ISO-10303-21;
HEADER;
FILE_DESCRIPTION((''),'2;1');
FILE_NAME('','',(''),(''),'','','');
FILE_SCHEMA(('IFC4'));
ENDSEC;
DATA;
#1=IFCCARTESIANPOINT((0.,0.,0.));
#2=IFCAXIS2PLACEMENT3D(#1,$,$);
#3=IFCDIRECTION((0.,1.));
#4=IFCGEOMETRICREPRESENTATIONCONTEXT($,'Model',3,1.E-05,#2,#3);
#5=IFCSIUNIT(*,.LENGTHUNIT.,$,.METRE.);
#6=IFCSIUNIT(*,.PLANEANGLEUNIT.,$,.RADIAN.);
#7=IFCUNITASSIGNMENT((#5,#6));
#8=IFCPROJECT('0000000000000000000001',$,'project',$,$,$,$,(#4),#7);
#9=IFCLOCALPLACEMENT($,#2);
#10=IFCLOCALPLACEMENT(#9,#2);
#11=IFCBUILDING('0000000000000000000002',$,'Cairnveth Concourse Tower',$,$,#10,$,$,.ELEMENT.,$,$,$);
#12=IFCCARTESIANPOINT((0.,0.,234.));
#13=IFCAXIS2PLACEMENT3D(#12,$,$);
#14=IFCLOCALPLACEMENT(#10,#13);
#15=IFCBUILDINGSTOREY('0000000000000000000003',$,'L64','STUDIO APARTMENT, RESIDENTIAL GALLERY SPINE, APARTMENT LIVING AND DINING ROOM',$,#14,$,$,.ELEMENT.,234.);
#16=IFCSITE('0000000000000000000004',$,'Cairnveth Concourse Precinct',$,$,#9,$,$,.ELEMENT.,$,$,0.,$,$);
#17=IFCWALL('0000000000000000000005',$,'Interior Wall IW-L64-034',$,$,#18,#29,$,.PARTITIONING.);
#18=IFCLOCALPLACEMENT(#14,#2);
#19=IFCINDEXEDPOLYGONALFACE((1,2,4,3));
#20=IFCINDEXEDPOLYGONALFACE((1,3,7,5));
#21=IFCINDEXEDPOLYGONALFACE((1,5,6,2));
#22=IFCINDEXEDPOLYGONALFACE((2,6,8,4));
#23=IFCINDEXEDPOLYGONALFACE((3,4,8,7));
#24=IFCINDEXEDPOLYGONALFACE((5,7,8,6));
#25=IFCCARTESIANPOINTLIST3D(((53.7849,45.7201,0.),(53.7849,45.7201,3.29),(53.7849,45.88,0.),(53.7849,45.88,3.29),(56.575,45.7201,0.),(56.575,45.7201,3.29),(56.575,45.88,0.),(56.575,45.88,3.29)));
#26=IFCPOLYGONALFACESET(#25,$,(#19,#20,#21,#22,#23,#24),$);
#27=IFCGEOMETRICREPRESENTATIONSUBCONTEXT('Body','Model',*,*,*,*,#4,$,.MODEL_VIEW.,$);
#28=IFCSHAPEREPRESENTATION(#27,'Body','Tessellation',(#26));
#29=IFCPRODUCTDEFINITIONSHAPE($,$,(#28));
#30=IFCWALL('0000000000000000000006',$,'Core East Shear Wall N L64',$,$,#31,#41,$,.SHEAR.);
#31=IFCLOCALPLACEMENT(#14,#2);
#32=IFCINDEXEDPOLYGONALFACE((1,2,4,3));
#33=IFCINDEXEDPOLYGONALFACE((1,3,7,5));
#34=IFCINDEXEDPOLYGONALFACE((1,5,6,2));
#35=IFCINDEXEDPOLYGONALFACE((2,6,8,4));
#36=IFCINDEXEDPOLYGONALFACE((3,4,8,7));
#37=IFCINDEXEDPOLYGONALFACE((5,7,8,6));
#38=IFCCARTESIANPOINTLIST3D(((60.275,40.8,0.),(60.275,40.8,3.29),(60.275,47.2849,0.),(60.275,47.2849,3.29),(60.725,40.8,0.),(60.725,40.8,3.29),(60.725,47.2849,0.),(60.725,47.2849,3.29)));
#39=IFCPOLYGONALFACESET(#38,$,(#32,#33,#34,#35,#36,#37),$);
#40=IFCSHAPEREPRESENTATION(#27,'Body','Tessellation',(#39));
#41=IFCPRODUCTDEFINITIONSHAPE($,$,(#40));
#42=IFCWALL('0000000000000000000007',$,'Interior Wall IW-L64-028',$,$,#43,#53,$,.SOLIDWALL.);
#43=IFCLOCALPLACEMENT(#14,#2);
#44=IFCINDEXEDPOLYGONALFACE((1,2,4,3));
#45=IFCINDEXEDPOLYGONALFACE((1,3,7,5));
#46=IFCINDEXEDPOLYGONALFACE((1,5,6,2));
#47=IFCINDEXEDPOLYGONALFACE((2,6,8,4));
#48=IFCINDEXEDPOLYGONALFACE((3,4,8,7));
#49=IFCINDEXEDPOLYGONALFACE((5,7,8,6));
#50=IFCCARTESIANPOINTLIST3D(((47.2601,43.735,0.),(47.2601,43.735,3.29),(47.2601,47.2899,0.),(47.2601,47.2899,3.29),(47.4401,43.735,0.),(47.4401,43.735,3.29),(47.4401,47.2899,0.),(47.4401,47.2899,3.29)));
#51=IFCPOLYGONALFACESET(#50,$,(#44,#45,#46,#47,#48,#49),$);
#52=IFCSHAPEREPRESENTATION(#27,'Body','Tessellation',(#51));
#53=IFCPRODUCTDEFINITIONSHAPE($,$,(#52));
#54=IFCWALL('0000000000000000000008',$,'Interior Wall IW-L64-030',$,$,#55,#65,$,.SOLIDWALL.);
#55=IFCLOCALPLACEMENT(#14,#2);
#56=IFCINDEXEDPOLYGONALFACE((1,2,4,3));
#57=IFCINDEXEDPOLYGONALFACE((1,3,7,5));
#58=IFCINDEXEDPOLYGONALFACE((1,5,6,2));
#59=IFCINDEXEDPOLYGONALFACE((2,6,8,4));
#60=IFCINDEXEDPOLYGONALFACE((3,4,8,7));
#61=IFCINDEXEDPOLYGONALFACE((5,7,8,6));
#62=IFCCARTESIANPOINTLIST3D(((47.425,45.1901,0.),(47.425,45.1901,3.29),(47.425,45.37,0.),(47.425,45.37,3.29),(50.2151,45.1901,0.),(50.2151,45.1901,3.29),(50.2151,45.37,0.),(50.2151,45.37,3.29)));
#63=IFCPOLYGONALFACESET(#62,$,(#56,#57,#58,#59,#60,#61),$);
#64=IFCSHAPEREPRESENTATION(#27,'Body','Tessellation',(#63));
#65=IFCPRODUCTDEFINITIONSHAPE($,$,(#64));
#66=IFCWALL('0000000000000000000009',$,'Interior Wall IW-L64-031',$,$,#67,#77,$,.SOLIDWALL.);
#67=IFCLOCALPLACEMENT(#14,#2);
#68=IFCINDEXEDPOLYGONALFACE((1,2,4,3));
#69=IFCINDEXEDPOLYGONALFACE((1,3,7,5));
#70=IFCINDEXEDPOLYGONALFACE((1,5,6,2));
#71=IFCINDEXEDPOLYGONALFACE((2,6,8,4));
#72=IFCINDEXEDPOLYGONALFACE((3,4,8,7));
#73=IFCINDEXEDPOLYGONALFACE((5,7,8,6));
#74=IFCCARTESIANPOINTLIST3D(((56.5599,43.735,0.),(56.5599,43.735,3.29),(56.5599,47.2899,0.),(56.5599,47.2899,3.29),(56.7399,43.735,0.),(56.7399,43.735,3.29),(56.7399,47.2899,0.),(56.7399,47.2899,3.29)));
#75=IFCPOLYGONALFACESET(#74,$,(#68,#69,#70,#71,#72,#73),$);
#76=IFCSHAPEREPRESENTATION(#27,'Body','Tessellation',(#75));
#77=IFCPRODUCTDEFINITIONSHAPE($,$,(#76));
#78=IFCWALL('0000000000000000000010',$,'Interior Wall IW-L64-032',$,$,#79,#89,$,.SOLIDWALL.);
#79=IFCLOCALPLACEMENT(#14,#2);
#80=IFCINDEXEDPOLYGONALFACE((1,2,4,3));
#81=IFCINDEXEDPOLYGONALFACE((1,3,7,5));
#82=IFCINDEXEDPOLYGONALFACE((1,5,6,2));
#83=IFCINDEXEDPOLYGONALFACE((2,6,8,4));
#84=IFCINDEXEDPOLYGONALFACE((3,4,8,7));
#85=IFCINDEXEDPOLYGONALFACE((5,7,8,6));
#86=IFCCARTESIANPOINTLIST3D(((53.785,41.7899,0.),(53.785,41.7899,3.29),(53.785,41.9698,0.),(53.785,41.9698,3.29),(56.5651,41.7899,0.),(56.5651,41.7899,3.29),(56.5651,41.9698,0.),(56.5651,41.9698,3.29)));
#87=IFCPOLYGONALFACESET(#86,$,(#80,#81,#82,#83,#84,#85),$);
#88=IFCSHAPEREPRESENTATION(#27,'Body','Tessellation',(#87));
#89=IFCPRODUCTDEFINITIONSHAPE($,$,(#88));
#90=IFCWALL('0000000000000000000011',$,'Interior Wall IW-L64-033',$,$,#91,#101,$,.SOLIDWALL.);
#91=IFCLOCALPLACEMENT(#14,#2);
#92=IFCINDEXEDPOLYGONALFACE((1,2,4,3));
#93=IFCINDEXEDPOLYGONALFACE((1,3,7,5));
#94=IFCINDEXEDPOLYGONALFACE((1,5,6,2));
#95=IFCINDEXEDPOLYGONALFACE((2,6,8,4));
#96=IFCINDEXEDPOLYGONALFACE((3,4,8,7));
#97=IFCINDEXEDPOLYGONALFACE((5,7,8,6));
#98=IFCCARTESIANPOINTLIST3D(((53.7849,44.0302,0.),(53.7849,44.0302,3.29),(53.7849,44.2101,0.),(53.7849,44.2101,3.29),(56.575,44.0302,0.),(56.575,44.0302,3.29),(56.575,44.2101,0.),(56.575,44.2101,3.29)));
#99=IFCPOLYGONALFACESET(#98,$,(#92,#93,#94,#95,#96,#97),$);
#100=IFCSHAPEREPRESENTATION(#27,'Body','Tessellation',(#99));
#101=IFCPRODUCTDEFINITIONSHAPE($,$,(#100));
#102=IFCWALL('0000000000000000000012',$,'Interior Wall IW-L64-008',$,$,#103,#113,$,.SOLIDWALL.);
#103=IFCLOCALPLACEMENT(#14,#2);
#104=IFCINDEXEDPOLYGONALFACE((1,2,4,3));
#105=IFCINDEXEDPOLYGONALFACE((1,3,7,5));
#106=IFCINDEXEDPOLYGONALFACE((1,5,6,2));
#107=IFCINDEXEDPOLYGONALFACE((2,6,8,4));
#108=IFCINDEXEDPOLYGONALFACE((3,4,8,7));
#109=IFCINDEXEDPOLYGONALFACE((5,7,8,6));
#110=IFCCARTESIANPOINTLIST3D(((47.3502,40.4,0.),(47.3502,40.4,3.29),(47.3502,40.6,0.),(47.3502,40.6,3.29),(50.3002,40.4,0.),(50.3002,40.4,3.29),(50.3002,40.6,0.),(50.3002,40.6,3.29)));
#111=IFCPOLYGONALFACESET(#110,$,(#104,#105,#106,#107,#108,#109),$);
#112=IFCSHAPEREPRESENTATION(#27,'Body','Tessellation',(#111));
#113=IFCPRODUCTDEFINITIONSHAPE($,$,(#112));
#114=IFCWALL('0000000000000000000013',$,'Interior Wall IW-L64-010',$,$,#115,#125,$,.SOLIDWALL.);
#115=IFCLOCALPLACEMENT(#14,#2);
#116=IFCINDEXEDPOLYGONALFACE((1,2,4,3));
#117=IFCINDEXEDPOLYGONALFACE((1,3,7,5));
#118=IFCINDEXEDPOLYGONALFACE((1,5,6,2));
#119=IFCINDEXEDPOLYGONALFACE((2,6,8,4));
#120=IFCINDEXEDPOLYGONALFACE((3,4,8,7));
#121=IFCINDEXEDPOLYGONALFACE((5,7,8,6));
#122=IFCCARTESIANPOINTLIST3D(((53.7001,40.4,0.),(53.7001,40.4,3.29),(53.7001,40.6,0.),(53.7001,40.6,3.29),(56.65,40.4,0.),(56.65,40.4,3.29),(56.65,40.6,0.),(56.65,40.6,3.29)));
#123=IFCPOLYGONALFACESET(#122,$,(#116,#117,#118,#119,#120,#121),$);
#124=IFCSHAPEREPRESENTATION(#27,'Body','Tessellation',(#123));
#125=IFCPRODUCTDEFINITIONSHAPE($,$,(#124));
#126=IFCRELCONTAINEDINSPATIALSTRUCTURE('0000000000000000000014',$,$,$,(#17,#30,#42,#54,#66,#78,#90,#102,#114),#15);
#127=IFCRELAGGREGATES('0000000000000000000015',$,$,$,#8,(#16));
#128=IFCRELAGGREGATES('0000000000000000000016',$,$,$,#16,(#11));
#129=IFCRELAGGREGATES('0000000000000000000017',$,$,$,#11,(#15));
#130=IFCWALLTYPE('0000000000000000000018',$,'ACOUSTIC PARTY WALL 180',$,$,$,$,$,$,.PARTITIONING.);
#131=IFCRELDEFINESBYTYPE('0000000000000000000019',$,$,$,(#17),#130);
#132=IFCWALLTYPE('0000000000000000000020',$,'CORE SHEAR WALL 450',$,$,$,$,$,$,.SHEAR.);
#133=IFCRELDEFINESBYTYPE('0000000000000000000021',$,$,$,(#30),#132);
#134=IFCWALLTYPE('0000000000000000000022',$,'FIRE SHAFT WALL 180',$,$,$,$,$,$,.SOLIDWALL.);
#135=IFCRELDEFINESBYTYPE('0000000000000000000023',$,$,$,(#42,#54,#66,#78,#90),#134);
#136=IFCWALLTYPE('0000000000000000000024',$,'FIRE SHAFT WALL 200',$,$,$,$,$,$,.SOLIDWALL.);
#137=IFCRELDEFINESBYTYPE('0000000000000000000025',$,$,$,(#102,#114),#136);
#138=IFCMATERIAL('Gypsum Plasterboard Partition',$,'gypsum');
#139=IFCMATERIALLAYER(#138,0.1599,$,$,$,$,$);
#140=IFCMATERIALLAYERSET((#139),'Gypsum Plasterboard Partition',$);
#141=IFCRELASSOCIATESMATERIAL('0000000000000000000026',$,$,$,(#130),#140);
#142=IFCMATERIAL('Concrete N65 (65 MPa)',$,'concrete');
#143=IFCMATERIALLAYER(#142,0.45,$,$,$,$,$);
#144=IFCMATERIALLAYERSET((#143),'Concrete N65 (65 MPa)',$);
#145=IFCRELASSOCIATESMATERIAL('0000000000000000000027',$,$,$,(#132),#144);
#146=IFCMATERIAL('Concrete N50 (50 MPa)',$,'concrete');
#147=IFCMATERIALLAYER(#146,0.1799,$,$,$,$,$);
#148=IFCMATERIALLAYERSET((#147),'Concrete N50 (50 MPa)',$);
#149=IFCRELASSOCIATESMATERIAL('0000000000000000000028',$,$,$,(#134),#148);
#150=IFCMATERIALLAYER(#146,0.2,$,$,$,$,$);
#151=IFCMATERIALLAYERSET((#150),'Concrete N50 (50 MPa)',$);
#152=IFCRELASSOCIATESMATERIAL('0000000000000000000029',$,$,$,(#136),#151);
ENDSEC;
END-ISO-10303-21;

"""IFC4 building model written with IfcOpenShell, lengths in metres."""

from ifc_helpers import new_model, si_unit, direction, frame, frame_2d, origin, place, context, subcontext, project, spatial, rectangle, extrude, material, layer, layer_set, type_object, element, save


model = new_model("IFC4")

# Units and contexts
model_context = context("Model", 3, precision=1e-05, world=origin(), true_north=direction((0.0, 1.0)))
body_context = subcontext(model_context, "Body", "Model", "MODEL_VIEW")
ifc_project = project(units=[si_unit("LENGTHUNIT", "METRE"), si_unit("PLANEANGLEUNIT", "RADIAN")], contexts=[model_context])

# Site, building, storey
site_placement = place(None, origin())
site = spatial("IfcSite", under=ifc_project, at=site_placement, Name="Cairnveth Concourse Precinct", CompositionType="ELEMENT", RefElevation=0.0)
building_placement = place(site_placement, origin())
building = spatial("IfcBuilding", under=site, at=building_placement, Name="Cairnveth Concourse Tower", CompositionType="ELEMENT")
storey_placement = place(building_placement, frame((0.0, 0.0, 234.0)))
storey = spatial("IfcBuildingStorey", under=building, at=storey_placement, Name="L64", Description="STUDIO APARTMENT, RESIDENTIAL GALLERY SPINE, APARTMENT LIVING AND DINING ROOM", CompositionType="ELEMENT", Elevation=234.0)

# Walls
ifc_material_1 = material(Name="Gypsum Plasterboard Partition", Category="gypsum")
ifc_layer_1 = layer(ifc_material_1, 0.1599)
ifc_layer_set_1 = layer_set([ifc_layer_1], Name="Gypsum Plasterboard Partition")
wall_type_1 = type_object("IfcWallType", Name="ACOUSTIC PARTY WALL 180", PredefinedType="PARTITIONING", material=ifc_layer_set_1)
wall_1_placement = place(storey_placement, frame((53.7849, 45.8, 0.0), z_axis=(0.0, 0.0, 1.0), x_axis=(1.0, 0.0, 0.0)))
element("IfcWall", 1, at=wall_1_placement, inside=storey, type_object=wall_type_1, Name="Interior Wall IW-L64-034", PredefinedType="PARTITIONING", context=body_context, shape_type="SweptSolid", body=[
    extrude(rectangle(XDim=2.79, YDim=0.1599, at=frame_2d((1.395, 0.0))), origin(), (0.0, 0.0, 1.0), 3.29),
])
ifc_material_2 = material(Name="Concrete N65 (65 MPa)", Category="concrete")
ifc_layer_2 = layer(ifc_material_2, 0.45)
ifc_layer_set_2 = layer_set([ifc_layer_2], Name="Concrete N65 (65 MPa)")
wall_type_2 = type_object("IfcWallType", Name="CORE SHEAR WALL 450", PredefinedType="SHEAR", material=ifc_layer_set_2)
wall_2_placement = place(storey_placement, frame((60.5, 40.8, 0.0), z_axis=(0.0, 0.0, 1.0), x_axis=(0.0, 1.0, 0.0)))
element("IfcWall", 2, at=wall_2_placement, inside=storey, type_object=wall_type_2, Name="Core East Shear Wall N L64", PredefinedType="SHEAR", context=body_context, shape_type="SweptSolid", body=[
    extrude(rectangle(XDim=6.4849, YDim=0.45, at=frame_2d((3.2424, 0.0))), origin(), (0.0, 0.0, 1.0), 3.29),
])
ifc_material_3 = material(Name="Concrete N50 (50 MPa)", Category="concrete")
ifc_layer_3 = layer(ifc_material_3, 0.1799)
ifc_layer_set_3 = layer_set([ifc_layer_3], Name="Concrete N50 (50 MPa)")
wall_type_3 = type_object("IfcWallType", Name="FIRE SHAFT WALL 180", PredefinedType="SOLIDWALL", material=ifc_layer_set_3)
wall_3_placement = place(storey_placement, frame((47.3501, 43.7351, 0.0), z_axis=(0.0, 0.0, 1.0), x_axis=(0.0, 1.0, 0.0)))
element("IfcWall", 3, at=wall_3_placement, inside=storey, type_object=wall_type_3, Name="Interior Wall IW-L64-028", PredefinedType="SOLIDWALL", context=body_context, shape_type="SweptSolid", body=[
    extrude(rectangle(XDim=3.5549, YDim=0.1799, at=frame_2d((1.7773, 0.0))), origin(), (0.0, 0.0, 1.0), 3.29),
])
wall_4_placement = place(storey_placement, frame((47.425, 45.28, 0.0), z_axis=(0.0, 0.0, 1.0), x_axis=(1.0, 0.0, 0.0)))
element("IfcWall", 4, at=wall_4_placement, inside=storey, type_object=wall_type_3, Name="Interior Wall IW-L64-030", PredefinedType="SOLIDWALL", context=body_context, shape_type="SweptSolid", body=[
    extrude(rectangle(XDim=2.79, YDim=0.1799, at=frame_2d((1.395, 0.0))), origin(), (0.0, 0.0, 1.0), 3.29),
])
wall_5_placement = place(storey_placement, frame((56.6499, 43.7351, 0.0), z_axis=(0.0, 0.0, 1.0), x_axis=(0.0, 1.0, 0.0)))
element("IfcWall", 5, at=wall_5_placement, inside=storey, type_object=wall_type_3, Name="Interior Wall IW-L64-031", PredefinedType="SOLIDWALL", context=body_context, shape_type="SweptSolid", body=[
    extrude(rectangle(XDim=3.5549, YDim=0.1799, at=frame_2d((1.7773, 0.0))), origin(), (0.0, 0.0, 1.0), 3.29),
])
wall_6_placement = place(storey_placement, frame((53.7849, 41.8799, 0.0), z_axis=(0.0, 0.0, 1.0), x_axis=(1.0, 0.0, 0.0)))
element("IfcWall", 6, at=wall_6_placement, inside=storey, type_object=wall_type_3, Name="Interior Wall IW-L64-032", PredefinedType="SOLIDWALL", context=body_context, shape_type="SweptSolid", body=[
    extrude(rectangle(XDim=2.78, YDim=0.1799, at=frame_2d((1.3901, 0.0))), origin(), (0.0, 0.0, 1.0), 3.29),
])
wall_7_placement = place(storey_placement, frame((53.7849, 44.1201, 0.0), z_axis=(0.0, 0.0, 1.0), x_axis=(1.0, 0.0, 0.0)))
element("IfcWall", 7, at=wall_7_placement, inside=storey, type_object=wall_type_3, Name="Interior Wall IW-L64-033", PredefinedType="SOLIDWALL", context=body_context, shape_type="SweptSolid", body=[
    extrude(rectangle(XDim=2.79, YDim=0.1799, at=frame_2d((1.395, 0.0))), origin(), (0.0, 0.0, 1.0), 3.29),
])
ifc_layer_4 = layer(ifc_material_3, 0.2)
ifc_layer_set_4 = layer_set([ifc_layer_4], Name="Concrete N50 (50 MPa)")
wall_type_4 = type_object("IfcWallType", Name="FIRE SHAFT WALL 200", PredefinedType="SOLIDWALL", material=ifc_layer_set_4)
for number, where, z_axis, x_axis, name in (
    (8, (47.3501, 40.5, 0.0), (0.0, 0.0, 1.0), (1.0, 0.0, 0.0), "Interior Wall IW-L64-008"),
    (9, (53.7, 40.5, 0.0), (0.0, 0.0, 1.0), (1.0, 0.0, 0.0), "Interior Wall IW-L64-010"),
):
    element("IfcWall", number, at=place(storey_placement, frame(where, z_axis=z_axis, x_axis=x_axis)), inside=storey, type_object=wall_type_4, Name=name, PredefinedType="SOLIDWALL", context=body_context, shape_type="SweptSolid", body=[
        extrude(rectangle(XDim=2.95, YDim=0.2, at=frame_2d((1.4751, 0.0))), origin(), (0.0, 0.0, 1.0), 3.29),
    ])

save(model, "model.ifc")
